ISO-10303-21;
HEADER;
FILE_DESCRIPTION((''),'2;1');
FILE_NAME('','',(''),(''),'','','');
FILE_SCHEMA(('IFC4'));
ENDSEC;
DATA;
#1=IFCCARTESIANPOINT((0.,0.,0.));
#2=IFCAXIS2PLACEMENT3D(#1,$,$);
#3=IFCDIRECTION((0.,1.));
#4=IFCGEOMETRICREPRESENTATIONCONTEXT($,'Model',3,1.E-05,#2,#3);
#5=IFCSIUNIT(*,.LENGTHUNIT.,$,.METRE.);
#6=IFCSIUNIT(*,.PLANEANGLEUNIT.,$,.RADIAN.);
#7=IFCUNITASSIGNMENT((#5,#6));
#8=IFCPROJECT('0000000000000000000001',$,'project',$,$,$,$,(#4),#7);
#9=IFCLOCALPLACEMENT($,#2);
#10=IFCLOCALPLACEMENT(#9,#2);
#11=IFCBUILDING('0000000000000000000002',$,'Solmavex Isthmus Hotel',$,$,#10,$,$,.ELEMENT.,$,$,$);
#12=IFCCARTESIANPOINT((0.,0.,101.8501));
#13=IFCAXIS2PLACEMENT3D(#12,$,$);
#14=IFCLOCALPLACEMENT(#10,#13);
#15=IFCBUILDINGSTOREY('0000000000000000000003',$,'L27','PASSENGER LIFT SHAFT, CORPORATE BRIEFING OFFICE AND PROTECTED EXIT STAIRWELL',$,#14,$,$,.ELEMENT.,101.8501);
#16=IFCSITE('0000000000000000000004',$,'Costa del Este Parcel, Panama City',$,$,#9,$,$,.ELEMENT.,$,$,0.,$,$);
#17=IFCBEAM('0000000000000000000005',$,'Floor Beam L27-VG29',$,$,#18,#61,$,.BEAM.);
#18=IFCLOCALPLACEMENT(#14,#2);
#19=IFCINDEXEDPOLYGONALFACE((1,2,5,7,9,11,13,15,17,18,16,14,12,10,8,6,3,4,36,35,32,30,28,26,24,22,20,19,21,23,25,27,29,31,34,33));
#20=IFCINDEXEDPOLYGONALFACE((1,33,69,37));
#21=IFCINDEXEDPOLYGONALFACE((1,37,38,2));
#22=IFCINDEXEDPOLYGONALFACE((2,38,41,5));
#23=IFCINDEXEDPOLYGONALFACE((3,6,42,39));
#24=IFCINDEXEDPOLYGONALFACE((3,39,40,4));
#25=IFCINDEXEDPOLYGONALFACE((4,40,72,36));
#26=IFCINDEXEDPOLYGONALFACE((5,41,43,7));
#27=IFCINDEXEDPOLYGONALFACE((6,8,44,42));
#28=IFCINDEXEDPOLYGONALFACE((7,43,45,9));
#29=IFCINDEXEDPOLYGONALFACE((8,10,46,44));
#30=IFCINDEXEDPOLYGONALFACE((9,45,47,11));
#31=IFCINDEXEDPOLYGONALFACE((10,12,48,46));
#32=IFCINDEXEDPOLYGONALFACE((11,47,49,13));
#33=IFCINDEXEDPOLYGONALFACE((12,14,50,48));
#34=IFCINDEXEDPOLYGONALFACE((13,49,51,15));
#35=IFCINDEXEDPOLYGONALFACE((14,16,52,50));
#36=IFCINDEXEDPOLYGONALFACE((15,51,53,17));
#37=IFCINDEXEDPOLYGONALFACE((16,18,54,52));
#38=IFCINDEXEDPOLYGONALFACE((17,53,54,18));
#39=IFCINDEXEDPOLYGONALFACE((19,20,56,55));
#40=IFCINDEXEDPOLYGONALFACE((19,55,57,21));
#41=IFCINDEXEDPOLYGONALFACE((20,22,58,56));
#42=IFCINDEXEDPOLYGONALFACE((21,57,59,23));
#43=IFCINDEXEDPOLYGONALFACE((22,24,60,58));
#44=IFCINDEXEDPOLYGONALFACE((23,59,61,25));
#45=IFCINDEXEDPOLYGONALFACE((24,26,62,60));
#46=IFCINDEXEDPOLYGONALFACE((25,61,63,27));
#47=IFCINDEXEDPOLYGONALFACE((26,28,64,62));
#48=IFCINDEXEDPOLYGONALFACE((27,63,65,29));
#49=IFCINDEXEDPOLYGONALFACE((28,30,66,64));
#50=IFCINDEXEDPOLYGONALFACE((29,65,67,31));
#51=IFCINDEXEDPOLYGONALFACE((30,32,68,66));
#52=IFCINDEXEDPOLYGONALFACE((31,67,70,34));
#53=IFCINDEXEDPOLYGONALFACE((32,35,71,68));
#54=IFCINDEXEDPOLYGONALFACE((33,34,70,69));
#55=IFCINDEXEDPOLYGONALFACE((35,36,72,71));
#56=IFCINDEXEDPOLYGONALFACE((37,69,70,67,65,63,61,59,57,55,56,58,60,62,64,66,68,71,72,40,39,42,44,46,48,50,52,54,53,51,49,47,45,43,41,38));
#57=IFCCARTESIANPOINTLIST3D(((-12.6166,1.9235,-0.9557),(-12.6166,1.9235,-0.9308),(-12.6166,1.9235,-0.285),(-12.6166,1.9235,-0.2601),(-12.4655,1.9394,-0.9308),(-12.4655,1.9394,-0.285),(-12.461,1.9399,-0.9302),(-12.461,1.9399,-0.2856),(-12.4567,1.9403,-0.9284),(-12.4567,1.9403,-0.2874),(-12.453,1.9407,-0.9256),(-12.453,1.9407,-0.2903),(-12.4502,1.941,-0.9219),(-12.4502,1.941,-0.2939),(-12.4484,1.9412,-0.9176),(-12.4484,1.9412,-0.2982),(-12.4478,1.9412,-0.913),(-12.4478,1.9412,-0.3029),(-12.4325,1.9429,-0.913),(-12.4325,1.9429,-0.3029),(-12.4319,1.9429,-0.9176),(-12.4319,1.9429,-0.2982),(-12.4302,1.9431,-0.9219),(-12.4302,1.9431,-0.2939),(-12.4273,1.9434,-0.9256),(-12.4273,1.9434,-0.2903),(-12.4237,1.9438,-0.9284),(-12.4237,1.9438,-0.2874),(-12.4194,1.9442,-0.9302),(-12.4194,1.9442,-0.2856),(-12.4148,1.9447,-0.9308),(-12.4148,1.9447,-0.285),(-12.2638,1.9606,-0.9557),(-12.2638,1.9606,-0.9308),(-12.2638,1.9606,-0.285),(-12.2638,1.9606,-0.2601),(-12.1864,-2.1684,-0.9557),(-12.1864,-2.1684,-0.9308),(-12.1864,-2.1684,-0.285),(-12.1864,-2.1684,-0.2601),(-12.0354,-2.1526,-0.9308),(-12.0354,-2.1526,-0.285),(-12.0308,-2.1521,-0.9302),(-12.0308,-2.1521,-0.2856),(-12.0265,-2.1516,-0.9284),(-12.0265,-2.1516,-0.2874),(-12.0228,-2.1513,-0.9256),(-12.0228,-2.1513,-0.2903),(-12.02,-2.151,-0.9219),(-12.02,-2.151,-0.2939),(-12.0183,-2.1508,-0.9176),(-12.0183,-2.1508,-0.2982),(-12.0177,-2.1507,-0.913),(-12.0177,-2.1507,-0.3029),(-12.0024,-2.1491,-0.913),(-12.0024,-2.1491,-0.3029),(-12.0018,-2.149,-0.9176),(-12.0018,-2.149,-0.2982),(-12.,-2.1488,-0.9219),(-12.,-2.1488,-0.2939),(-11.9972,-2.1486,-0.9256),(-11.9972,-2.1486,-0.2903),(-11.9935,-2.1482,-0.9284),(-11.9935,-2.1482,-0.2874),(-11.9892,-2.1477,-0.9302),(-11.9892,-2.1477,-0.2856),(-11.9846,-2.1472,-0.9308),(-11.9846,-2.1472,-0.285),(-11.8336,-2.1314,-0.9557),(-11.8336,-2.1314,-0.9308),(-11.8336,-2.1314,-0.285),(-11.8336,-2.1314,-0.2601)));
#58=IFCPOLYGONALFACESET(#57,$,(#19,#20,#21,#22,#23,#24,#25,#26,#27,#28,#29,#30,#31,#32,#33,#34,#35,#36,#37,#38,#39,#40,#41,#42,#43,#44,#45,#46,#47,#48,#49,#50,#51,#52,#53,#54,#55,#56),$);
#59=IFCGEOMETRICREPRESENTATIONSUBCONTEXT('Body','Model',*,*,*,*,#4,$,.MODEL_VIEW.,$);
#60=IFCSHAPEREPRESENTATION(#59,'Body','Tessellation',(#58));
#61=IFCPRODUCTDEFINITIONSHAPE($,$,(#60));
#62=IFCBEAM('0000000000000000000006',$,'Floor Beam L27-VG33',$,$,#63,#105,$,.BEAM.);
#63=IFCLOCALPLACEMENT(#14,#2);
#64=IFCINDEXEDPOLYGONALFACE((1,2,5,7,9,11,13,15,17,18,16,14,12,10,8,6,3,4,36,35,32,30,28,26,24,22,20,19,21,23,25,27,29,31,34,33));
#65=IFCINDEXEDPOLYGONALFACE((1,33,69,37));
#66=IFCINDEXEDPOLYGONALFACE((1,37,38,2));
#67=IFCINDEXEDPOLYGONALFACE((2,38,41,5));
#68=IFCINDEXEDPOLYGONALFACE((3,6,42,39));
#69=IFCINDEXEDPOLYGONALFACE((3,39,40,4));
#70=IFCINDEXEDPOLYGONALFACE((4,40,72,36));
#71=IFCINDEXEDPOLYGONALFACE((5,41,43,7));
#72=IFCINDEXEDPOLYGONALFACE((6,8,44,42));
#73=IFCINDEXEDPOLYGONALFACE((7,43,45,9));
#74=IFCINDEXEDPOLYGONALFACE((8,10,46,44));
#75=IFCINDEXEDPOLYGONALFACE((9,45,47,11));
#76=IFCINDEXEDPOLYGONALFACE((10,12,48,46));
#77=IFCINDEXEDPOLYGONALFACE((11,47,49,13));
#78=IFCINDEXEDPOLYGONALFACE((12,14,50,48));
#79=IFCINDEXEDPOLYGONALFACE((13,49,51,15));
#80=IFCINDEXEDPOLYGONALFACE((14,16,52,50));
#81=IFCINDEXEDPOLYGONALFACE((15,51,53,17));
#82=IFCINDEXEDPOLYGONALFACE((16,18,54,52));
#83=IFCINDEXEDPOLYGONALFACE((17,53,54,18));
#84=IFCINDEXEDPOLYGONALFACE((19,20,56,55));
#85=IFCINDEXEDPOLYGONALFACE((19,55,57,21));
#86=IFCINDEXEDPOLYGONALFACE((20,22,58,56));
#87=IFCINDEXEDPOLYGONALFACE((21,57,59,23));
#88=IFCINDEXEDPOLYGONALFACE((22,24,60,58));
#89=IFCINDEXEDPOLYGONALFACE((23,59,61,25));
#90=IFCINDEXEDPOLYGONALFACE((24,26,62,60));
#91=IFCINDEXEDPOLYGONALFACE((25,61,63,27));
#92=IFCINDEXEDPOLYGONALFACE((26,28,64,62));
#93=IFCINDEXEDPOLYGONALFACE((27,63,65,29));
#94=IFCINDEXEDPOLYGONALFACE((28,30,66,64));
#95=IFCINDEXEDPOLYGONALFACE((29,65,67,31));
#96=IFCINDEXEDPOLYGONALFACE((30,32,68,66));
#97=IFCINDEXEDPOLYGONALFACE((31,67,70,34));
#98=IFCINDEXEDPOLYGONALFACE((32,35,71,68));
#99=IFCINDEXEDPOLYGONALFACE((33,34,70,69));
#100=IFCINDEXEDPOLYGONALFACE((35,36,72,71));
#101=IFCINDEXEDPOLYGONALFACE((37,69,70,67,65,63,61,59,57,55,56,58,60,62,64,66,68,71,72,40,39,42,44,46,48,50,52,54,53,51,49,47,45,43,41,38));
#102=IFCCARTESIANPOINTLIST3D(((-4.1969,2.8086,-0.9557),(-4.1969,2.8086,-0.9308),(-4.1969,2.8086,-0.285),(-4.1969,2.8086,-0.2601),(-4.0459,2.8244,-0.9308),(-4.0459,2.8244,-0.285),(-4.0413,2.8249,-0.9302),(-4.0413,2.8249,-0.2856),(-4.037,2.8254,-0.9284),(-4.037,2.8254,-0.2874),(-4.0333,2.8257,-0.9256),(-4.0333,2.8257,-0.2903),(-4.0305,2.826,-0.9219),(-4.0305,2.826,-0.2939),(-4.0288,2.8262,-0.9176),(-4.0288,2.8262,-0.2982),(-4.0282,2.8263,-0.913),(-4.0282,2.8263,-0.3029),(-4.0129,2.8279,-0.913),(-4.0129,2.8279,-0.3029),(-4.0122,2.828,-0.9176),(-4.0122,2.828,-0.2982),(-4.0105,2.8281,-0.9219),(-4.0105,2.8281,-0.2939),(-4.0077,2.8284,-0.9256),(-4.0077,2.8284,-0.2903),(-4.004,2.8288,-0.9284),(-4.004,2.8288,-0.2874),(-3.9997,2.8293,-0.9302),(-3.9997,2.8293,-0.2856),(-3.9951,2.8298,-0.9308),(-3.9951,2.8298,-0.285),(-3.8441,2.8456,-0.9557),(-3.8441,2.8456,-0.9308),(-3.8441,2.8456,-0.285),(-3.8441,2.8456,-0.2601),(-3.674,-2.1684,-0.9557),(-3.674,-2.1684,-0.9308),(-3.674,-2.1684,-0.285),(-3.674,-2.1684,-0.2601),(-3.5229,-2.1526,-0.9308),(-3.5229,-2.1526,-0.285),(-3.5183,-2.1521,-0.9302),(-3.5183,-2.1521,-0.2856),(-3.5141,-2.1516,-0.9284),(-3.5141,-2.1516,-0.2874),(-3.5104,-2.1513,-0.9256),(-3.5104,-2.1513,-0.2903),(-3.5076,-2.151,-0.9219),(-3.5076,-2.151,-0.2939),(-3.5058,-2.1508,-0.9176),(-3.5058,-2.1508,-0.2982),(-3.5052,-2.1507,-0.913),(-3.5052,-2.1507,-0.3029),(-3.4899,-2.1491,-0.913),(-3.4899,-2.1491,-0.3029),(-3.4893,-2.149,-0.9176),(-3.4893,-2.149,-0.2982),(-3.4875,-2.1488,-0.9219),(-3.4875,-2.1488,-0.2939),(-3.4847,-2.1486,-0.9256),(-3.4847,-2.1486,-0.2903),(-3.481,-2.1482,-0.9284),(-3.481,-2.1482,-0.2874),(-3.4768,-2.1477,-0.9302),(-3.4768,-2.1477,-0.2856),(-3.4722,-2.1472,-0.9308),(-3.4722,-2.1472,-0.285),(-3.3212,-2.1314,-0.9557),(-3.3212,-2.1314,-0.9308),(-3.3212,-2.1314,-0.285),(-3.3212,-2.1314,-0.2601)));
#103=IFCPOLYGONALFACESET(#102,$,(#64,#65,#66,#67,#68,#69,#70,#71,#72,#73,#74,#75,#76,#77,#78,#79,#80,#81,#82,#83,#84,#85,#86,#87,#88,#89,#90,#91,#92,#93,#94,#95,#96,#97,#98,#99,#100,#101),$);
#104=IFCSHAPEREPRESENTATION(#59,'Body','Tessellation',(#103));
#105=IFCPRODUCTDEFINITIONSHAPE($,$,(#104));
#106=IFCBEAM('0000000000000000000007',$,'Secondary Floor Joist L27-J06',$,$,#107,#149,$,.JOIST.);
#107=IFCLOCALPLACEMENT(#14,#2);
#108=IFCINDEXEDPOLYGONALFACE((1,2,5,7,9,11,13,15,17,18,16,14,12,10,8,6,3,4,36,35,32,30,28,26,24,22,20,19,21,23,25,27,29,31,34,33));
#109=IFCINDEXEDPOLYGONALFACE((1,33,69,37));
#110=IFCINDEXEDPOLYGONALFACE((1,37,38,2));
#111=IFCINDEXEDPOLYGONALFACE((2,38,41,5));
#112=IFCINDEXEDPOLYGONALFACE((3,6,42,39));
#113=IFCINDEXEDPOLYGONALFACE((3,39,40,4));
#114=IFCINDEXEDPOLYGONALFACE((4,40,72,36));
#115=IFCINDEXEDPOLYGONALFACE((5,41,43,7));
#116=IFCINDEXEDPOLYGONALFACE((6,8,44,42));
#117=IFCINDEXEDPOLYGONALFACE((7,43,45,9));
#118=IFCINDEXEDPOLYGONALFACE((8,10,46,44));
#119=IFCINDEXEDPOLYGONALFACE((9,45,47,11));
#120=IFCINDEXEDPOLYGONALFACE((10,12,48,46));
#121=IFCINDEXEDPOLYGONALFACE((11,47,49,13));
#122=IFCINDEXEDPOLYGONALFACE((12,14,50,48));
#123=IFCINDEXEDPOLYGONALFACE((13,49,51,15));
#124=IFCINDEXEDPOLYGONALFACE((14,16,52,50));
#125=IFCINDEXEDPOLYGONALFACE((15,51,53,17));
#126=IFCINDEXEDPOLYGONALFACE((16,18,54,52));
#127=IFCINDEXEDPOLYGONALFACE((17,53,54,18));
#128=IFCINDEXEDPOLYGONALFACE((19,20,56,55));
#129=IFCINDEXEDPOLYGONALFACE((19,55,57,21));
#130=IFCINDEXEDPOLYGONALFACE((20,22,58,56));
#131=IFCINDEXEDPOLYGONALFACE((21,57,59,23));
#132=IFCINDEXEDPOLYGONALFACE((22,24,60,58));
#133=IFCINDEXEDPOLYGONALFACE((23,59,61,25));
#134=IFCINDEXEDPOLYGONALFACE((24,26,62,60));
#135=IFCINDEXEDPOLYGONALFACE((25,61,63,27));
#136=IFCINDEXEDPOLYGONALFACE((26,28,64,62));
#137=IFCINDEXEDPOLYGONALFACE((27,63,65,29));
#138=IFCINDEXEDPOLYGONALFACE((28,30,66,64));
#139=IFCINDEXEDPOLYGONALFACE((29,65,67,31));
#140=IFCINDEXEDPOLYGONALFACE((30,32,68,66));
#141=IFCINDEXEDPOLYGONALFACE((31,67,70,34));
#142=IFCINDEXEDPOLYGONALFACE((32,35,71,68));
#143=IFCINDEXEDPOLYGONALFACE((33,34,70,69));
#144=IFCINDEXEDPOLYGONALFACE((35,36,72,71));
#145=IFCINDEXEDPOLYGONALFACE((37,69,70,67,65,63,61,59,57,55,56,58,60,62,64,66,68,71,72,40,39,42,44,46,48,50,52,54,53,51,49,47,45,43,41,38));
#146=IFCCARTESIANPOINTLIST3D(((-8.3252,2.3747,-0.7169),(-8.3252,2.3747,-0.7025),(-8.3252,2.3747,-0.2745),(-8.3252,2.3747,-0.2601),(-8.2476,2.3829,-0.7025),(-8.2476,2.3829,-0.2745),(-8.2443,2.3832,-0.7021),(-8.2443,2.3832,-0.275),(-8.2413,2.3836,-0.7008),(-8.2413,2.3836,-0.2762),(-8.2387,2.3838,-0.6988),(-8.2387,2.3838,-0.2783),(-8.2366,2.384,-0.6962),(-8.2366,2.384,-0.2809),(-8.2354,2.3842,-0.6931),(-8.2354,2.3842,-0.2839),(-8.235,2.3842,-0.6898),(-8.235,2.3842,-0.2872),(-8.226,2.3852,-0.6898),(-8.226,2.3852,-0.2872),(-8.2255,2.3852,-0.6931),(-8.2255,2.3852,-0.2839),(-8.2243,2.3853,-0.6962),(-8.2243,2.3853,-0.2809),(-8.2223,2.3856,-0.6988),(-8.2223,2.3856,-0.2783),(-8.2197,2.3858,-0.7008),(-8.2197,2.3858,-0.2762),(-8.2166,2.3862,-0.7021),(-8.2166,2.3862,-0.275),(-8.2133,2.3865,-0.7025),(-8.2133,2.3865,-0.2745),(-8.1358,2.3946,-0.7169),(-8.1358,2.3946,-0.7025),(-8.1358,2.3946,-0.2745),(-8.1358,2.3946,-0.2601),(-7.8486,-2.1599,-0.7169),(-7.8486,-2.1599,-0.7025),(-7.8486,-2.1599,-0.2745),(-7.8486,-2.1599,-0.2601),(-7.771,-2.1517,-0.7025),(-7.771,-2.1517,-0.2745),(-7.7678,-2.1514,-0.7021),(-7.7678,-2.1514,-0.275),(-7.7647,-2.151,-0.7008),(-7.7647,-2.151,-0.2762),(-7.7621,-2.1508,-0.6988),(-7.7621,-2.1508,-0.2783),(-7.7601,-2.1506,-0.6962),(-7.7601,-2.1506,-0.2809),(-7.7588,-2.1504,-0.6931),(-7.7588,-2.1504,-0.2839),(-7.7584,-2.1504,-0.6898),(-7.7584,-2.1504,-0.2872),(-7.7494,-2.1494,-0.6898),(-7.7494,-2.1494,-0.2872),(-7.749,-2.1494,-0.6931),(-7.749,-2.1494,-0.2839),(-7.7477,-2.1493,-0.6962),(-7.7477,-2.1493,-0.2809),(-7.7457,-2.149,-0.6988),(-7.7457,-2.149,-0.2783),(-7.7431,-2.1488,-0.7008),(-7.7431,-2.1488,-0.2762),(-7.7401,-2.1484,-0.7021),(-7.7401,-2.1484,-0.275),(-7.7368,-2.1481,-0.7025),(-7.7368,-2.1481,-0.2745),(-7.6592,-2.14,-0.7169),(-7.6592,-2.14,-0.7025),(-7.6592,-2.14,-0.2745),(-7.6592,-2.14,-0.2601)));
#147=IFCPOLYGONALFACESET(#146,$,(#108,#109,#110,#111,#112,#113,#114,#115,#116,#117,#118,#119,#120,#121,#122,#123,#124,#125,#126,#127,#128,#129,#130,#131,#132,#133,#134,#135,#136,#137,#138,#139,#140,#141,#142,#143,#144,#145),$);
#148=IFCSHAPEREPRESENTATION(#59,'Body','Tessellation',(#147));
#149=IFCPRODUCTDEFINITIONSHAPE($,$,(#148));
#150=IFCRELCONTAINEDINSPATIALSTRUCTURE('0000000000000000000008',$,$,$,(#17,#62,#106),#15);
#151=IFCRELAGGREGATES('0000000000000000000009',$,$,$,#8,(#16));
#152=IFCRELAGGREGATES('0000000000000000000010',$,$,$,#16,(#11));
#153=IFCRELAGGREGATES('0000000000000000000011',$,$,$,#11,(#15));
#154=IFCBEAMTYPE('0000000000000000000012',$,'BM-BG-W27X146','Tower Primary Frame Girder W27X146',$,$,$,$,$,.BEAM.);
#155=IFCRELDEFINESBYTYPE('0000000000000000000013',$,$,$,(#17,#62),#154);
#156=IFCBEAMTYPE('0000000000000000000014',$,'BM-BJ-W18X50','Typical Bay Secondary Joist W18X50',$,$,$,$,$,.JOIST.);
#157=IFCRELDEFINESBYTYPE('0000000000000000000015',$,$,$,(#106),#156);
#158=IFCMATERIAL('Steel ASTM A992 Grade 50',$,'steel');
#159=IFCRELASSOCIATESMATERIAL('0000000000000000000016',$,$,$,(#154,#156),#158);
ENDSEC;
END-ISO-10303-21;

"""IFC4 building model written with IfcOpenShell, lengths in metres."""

from ifc_helpers import new_model, si_unit, direction, frame, origin, origin_2d, place, context, subcontext, project, spatial, i_section, extrude, material, material_profile, profile_set, type_object, element, save


model = new_model("IFC4")

# Units and contexts
model_context = context("Model", 3, precision=1e-05, world=origin(), true_north=direction((0.0, 1.0)))
body_context = subcontext(model_context, "Body", "Model", "MODEL_VIEW")
ifc_project = project(units=[si_unit("LENGTHUNIT", "METRE"), si_unit("PLANEANGLEUNIT", "RADIAN")], contexts=[model_context])

# Site, building, storey
site_placement = place(None, origin())
site = spatial("IfcSite", under=ifc_project, at=site_placement, Name="Costa del Este Parcel, Panama City", CompositionType="ELEMENT", RefElevation=0.0)
building_placement = place(site_placement, origin())
building = spatial("IfcBuilding", under=site, at=building_placement, Name="Solmavex Isthmus Hotel", CompositionType="ELEMENT")
storey_placement = place(building_placement, frame((0.0, 0.0, 101.8501)))
storey = spatial("IfcBuildingStorey", under=building, at=storey_placement, Name="L27", Description="PASSENGER LIFT SHAFT, CORPORATE BRIEFING OFFICE AND PROTECTED EXIT STAIRWELL", CompositionType="ELEMENT", Elevation=101.8501)

# Beams
ifc_material_1 = material(Name="Steel ASTM A992 Grade 50", Category="steel")
ifc_material_profile_1 = material_profile(ifc_material_1, i_section(OverallWidth=0.3547, OverallDepth=0.6956, WebThickness=0.0154, FlangeThickness=0.0249, FilletRadius=0.0178, at=origin_2d()), Name="W27X146")
ifc_profile_set_1 = profile_set([ifc_material_profile_1], Name="Steel ASTM A992 Grade 50")
beam_type_1 = type_object("IfcBeamType", Name="BM-BG-W27X146", Description="Tower Primary Frame Girder W27X146", PredefinedType="BEAM", material=ifc_profile_set_1)
beam_1_placement = place(storey_placement, frame((-12.01, -2.1499, -0.6079), z_axis=(-0.104549, 0.99452, 0.0), x_axis=(-0.99452, -0.104549, 0.0)))
element("IfcBeam", 1, at=beam_1_placement, inside=storey, type_object=beam_type_1, Name="Floor Beam L27-VG29", PredefinedType="BEAM", context=body_context, shape_type="SweptSolid", body=[
    extrude(i_section(OverallWidth=0.3547, OverallDepth=0.6956, WebThickness=0.0154, FlangeThickness=0.0249, FilletRadius=0.0178, at=origin_2d()), origin(), (0.0, 0.0, 1.0), 4.1145),
])
beam_2_placement = place(storey_placement, frame((-3.4976, -2.1499, -0.6079), z_axis=(-0.104497, 0.994525, 0.0), x_axis=(-0.994525, -0.104497, 0.0)))
element("IfcBeam", 2, at=beam_2_placement, inside=storey, type_object=beam_type_1, Name="Floor Beam L27-VG33", PredefinedType="BEAM", context=body_context, shape_type="SweptSolid", body=[
    extrude(i_section(OverallWidth=0.3547, OverallDepth=0.6956, WebThickness=0.0154, FlangeThickness=0.0249, FilletRadius=0.0178, at=origin_2d()), origin(), (0.0, 0.0, 1.0), 5.0044),
])
ifc_material_profile_2 = material_profile(ifc_material_1, i_section(OverallWidth=0.1904, OverallDepth=0.4568, WebThickness=0.009, FlangeThickness=0.0144, FilletRadius=0.0127, at=origin_2d()), Name="W18X50")
ifc_profile_set_2 = profile_set([ifc_material_profile_2], Name="Steel ASTM A992 Grade 50")
beam_type_2 = type_object("IfcBeamType", Name="BM-BJ-W18X50", Description="Typical Bay Secondary Joist W18X50", PredefinedType="JOIST", material=ifc_profile_set_2)
beam_3_placement = place(storey_placement, frame((-7.7539, -2.1499, -0.4885), z_axis=(-0.104518, 0.994523, 0.0), x_axis=(-0.994523, -0.104518, 0.0)))
element("IfcBeam", 3, at=beam_3_placement, inside=storey, type_object=beam_type_2, Name="Secondary Floor Joist L27-J06", PredefinedType="JOIST", context=body_context, shape_type="SweptSolid", body=[
    extrude(i_section(OverallWidth=0.1904, OverallDepth=0.4568, WebThickness=0.009, FlangeThickness=0.0144, FilletRadius=0.0127, at=origin_2d()), origin(), (0.0, 0.0, 1.0), 4.5596),
])

save(model, "model.ifc")
